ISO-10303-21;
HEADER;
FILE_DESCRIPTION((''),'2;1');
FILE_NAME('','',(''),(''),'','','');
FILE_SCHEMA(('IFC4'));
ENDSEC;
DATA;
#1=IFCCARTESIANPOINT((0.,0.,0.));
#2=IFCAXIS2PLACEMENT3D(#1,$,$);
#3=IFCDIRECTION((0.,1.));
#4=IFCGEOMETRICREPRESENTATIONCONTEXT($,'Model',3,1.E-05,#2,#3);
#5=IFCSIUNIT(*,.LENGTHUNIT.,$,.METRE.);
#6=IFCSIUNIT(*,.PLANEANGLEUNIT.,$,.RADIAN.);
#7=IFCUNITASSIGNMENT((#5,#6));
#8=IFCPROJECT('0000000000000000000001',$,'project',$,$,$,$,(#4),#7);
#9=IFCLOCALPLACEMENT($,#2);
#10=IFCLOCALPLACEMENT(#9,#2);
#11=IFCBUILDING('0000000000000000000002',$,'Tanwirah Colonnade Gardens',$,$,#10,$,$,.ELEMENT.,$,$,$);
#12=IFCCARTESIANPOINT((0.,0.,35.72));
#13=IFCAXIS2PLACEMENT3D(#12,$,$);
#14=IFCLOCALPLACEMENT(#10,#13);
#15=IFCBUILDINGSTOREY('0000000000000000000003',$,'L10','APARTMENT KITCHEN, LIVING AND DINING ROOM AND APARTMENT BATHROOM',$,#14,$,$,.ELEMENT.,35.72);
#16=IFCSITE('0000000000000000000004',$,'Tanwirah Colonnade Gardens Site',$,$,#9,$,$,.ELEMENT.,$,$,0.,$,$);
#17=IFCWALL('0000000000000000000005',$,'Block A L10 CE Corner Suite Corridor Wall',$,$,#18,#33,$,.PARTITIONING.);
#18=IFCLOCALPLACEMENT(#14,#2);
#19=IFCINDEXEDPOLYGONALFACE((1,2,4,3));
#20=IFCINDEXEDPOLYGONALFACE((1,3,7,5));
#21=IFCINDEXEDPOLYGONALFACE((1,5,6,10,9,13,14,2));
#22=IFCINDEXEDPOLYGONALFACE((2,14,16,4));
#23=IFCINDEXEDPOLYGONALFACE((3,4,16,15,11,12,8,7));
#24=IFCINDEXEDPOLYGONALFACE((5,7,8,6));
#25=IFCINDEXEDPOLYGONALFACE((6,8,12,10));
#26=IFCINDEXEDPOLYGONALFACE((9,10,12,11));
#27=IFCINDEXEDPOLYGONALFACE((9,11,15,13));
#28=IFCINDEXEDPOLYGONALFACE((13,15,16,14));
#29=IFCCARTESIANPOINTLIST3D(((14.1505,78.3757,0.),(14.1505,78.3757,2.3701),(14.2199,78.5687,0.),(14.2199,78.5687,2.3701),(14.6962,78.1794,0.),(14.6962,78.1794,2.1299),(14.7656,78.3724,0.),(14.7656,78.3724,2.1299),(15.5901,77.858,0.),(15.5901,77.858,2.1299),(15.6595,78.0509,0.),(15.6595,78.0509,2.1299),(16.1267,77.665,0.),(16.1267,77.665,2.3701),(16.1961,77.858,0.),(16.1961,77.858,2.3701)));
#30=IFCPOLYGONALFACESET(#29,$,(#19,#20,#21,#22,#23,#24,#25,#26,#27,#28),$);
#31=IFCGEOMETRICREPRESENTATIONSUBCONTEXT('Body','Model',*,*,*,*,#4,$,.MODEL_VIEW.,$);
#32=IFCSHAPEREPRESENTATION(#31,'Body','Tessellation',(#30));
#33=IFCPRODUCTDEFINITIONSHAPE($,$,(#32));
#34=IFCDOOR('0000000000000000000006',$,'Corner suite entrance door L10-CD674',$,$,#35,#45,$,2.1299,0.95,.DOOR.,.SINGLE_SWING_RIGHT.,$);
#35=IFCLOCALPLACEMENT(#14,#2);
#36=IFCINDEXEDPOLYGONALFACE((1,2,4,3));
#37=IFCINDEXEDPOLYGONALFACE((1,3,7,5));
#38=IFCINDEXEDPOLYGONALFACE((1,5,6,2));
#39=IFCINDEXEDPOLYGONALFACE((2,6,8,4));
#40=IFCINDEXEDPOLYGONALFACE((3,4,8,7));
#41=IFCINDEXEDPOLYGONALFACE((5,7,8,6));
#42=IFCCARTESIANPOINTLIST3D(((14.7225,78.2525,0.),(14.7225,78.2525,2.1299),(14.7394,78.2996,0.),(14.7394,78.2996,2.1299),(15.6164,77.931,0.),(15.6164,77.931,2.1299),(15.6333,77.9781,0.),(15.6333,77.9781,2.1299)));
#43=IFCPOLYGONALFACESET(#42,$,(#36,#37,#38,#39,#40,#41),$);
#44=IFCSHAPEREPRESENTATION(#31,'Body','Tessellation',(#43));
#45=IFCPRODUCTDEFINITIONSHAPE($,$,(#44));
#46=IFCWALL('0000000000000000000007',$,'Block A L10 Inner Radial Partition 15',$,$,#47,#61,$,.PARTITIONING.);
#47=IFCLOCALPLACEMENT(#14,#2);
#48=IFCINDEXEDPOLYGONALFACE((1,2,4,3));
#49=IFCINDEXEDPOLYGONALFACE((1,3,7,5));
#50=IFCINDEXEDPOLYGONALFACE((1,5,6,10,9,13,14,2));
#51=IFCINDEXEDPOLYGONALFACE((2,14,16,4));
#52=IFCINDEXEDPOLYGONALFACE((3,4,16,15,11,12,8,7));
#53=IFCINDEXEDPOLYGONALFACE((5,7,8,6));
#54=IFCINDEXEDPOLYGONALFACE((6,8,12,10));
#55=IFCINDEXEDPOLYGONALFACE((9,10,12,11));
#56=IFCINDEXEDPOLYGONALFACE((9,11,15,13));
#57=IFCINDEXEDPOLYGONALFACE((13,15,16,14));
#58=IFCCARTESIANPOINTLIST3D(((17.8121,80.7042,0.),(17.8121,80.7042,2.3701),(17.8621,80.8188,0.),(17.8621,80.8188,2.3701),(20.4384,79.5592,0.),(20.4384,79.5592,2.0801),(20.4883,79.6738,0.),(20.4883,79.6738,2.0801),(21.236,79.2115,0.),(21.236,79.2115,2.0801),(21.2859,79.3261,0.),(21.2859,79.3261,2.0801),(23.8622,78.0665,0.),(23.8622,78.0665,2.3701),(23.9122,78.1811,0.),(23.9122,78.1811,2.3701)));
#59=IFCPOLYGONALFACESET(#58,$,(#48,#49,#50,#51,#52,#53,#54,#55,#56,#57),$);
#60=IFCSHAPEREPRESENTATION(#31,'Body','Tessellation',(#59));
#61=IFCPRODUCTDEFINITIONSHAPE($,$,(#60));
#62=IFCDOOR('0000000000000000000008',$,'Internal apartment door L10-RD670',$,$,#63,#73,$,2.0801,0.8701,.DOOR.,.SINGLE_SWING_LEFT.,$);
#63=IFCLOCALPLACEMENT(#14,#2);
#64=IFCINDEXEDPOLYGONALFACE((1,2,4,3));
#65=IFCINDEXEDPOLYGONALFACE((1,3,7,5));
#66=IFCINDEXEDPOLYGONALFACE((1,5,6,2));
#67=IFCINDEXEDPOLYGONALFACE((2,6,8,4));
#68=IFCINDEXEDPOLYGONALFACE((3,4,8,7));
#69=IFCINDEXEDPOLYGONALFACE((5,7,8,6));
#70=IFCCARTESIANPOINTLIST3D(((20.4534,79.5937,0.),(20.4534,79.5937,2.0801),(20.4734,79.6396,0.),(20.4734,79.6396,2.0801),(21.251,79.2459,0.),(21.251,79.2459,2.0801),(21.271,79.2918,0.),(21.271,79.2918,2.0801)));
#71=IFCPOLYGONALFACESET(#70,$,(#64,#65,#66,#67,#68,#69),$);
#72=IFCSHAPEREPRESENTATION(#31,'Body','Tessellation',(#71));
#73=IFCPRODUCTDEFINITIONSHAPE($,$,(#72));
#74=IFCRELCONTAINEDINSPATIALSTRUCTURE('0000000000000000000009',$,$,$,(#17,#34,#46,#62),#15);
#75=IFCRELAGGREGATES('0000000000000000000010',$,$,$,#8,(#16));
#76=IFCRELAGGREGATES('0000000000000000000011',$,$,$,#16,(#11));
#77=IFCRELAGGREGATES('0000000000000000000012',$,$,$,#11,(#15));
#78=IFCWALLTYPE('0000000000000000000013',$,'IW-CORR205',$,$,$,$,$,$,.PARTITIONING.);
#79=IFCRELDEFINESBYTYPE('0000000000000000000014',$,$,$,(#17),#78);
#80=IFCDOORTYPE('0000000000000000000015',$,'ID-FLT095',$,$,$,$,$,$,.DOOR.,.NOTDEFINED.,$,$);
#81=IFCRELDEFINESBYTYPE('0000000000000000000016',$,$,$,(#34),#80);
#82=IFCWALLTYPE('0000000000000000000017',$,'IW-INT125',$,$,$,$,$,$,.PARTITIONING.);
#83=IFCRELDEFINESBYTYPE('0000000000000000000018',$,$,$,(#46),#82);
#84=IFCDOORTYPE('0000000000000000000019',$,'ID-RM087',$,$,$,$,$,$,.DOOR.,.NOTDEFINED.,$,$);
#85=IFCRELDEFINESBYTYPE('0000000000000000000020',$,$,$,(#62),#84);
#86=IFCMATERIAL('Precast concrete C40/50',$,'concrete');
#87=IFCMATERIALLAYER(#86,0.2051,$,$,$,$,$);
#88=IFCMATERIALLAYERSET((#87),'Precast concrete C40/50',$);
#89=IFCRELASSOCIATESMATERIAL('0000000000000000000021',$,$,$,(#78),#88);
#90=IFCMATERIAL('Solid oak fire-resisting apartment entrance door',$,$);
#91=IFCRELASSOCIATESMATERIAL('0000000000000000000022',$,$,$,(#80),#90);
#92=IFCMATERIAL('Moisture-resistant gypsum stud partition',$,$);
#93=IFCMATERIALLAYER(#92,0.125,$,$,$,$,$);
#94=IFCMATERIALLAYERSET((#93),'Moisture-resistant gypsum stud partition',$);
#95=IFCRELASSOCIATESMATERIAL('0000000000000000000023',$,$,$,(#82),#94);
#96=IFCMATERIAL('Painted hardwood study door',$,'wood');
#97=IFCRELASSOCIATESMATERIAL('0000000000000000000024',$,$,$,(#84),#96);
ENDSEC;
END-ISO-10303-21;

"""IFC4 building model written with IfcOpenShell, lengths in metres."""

from ifc_helpers import new_model, si_unit, direction, frame, frame_2d, origin, place, context, subcontext, project, spatial, rectangle, extrude, material, layer, layer_set, type_object, element, fill, save


model = new_model("IFC4")

# Units and contexts
model_context = context("Model", 3, precision=1e-05, world=origin(), true_north=direction((0.0, 1.0)))
body_context = subcontext(model_context, "Body", "Model", "MODEL_VIEW")
ifc_project = project(units=[si_unit("LENGTHUNIT", "METRE"), si_unit("PLANEANGLEUNIT", "RADIAN")], contexts=[model_context])

# Site, building, storey
site_placement = place(None, origin())
site = spatial("IfcSite", under=ifc_project, at=site_placement, Name="Tanwirah Colonnade Gardens Site", CompositionType="ELEMENT", RefElevation=0.0)
building_placement = place(site_placement, origin())
building = spatial("IfcBuilding", under=site, at=building_placement, Name="Tanwirah Colonnade Gardens", CompositionType="ELEMENT")
storey_placement = place(building_placement, frame((0.0, 0.0, 35.72)))
storey = spatial("IfcBuildingStorey", under=building, at=storey_placement, Name="L10", Description="APARTMENT KITCHEN, LIVING AND DINING ROOM AND APARTMENT BATHROOM", CompositionType="ELEMENT", Elevation=35.72)

# Shared definitions
ifc_material_1 = material(Name="Precast concrete C40/50", Category="concrete")

# Walls, openings, doors
ifc_layer_1 = layer(ifc_material_1, 0.2051)
ifc_layer_set_1 = layer_set([ifc_layer_1], Name="Precast concrete C40/50")
wall_type_1 = type_object("IfcWallType", Name="IW-CORR205", PredefinedType="PARTITIONING", material=ifc_layer_set_1)
wall_1_placement = place(storey_placement, frame((16.1614, 77.7615, 0.0), z_axis=(0.0, 0.0, 1.0), x_axis=(-0.940993, 0.338427, 0.0)))
wall_1 = element("IfcWall", 1, at=wall_1_placement, inside=storey, type_object=wall_type_1, Name="Block A L10 CE Corner Suite Corridor Wall", PredefinedType="PARTITIONING", context=body_context, shape_type="SweptSolid", body=[
    extrude(rectangle(XDim=2.1001, YDim=0.2051, at=frame_2d((1.05, 0.0))), origin(), (0.0, 0.0, 1.0), 2.3701),
])
opening_1_placement = place(wall_1_placement, frame((0.5701, 0.0, 0.0)))
opening_1 = element("IfcOpeningElement", 2, at=opening_1_placement, cuts=wall_1, PredefinedType="OPENING", context=body_context, shape_type="SweptSolid", body=[
    extrude(rectangle(XDim=0.95, YDim=2.1299, at=frame_2d((0.4751, 1.0649))), frame((0.0, 0.1125, 0.0), z_axis=(0.0, -1.0, 0.0), x_axis=(1.0, 0.0, 0.0)), (0.0, 0.0, 1.0), 0.2251),
])
ifc_material_2 = material(Name="Solid oak fire-resisting apartment entrance door")
door_type_1 = type_object("IfcDoorType", Name="ID-FLT095", OperationType="NOTDEFINED", PredefinedType="DOOR", material=ifc_material_2)
door_1_placement = place(opening_1_placement, origin())
door_1 = element("IfcDoor", 3, at=door_1_placement, inside=storey, type_object=door_type_1, Name="Corner suite entrance door L10-CD674", OperationType="SINGLE_SWING_RIGHT", OverallHeight=2.1299, OverallWidth=0.95, PredefinedType="DOOR", context=body_context, shape_type="SweptSolid", body=[
    extrude(rectangle(XDim=0.95, YDim=2.1299, at=frame_2d((0.4751, 1.0649))), frame((0.0, 0.0249, 0.0), z_axis=(0.0, -1.0, 0.0), x_axis=(1.0, 0.0, 0.0)), (0.0, 0.0, 1.0), 0.05),
])
fill(opening_1, door_1)
ifc_material_3 = material(Name="Moisture-resistant gypsum stud partition")
ifc_layer_2 = layer(ifc_material_3, 0.125)
ifc_layer_set_2 = layer_set([ifc_layer_2], Name="Moisture-resistant gypsum stud partition")
wall_type_2 = type_object("IfcWallType", Name="IW-INT125", PredefinedType="PARTITIONING", material=ifc_layer_set_2)
wall_2_placement = place(storey_placement, frame((23.8872, 78.1238, 0.0), z_axis=(0.0, 0.0, 1.0), x_axis=(-0.916669, 0.399648, 0.0)))
wall_2 = element("IfcWall", 4, at=wall_2_placement, inside=storey, type_object=wall_type_2, Name="Block A L10 Inner Radial Partition 15", PredefinedType="PARTITIONING", context=body_context, shape_type="SweptSolid", body=[
    extrude(rectangle(XDim=6.6001, YDim=0.125, at=frame_2d((3.3, 0.0))), origin(), (0.0, 0.0, 1.0), 2.3701),
])
opening_2_placement = place(wall_2_placement, frame((2.865, 0.0, 0.0)))
opening_2 = element("IfcOpeningElement", 5, at=opening_2_placement, cuts=wall_2, PredefinedType="OPENING", context=body_context, shape_type="SweptSolid", body=[
    extrude(rectangle(XDim=0.8701, YDim=2.0801, at=frame_2d((0.4351, 1.04))), frame((0.0, 0.0725, 0.0), z_axis=(0.0, -1.0, 0.0), x_axis=(1.0, 0.0, 0.0)), (0.0, 0.0, 1.0), 0.145),
])
ifc_material_4 = material(Name="Painted hardwood study door", Category="wood")
door_type_2 = type_object("IfcDoorType", Name="ID-RM087", OperationType="NOTDEFINED", PredefinedType="DOOR", material=ifc_material_4)
door_2_placement = place(opening_2_placement, origin())
door_2 = element("IfcDoor", 6, at=door_2_placement, inside=storey, type_object=door_type_2, Name="Internal apartment door L10-RD670", OperationType="SINGLE_SWING_LEFT", OverallHeight=2.0801, OverallWidth=0.8701, PredefinedType="DOOR", context=body_context, shape_type="SweptSolid", body=[
    extrude(rectangle(XDim=0.8701, YDim=2.0801, at=frame_2d((0.4351, 1.04))), frame((0.0, 0.0249, 0.0), z_axis=(0.0, -1.0, 0.0), x_axis=(1.0, 0.0, 0.0)), (0.0, 0.0, 1.0), 0.05),
])
fill(opening_2, door_2)

save(model, "model.ifc")
